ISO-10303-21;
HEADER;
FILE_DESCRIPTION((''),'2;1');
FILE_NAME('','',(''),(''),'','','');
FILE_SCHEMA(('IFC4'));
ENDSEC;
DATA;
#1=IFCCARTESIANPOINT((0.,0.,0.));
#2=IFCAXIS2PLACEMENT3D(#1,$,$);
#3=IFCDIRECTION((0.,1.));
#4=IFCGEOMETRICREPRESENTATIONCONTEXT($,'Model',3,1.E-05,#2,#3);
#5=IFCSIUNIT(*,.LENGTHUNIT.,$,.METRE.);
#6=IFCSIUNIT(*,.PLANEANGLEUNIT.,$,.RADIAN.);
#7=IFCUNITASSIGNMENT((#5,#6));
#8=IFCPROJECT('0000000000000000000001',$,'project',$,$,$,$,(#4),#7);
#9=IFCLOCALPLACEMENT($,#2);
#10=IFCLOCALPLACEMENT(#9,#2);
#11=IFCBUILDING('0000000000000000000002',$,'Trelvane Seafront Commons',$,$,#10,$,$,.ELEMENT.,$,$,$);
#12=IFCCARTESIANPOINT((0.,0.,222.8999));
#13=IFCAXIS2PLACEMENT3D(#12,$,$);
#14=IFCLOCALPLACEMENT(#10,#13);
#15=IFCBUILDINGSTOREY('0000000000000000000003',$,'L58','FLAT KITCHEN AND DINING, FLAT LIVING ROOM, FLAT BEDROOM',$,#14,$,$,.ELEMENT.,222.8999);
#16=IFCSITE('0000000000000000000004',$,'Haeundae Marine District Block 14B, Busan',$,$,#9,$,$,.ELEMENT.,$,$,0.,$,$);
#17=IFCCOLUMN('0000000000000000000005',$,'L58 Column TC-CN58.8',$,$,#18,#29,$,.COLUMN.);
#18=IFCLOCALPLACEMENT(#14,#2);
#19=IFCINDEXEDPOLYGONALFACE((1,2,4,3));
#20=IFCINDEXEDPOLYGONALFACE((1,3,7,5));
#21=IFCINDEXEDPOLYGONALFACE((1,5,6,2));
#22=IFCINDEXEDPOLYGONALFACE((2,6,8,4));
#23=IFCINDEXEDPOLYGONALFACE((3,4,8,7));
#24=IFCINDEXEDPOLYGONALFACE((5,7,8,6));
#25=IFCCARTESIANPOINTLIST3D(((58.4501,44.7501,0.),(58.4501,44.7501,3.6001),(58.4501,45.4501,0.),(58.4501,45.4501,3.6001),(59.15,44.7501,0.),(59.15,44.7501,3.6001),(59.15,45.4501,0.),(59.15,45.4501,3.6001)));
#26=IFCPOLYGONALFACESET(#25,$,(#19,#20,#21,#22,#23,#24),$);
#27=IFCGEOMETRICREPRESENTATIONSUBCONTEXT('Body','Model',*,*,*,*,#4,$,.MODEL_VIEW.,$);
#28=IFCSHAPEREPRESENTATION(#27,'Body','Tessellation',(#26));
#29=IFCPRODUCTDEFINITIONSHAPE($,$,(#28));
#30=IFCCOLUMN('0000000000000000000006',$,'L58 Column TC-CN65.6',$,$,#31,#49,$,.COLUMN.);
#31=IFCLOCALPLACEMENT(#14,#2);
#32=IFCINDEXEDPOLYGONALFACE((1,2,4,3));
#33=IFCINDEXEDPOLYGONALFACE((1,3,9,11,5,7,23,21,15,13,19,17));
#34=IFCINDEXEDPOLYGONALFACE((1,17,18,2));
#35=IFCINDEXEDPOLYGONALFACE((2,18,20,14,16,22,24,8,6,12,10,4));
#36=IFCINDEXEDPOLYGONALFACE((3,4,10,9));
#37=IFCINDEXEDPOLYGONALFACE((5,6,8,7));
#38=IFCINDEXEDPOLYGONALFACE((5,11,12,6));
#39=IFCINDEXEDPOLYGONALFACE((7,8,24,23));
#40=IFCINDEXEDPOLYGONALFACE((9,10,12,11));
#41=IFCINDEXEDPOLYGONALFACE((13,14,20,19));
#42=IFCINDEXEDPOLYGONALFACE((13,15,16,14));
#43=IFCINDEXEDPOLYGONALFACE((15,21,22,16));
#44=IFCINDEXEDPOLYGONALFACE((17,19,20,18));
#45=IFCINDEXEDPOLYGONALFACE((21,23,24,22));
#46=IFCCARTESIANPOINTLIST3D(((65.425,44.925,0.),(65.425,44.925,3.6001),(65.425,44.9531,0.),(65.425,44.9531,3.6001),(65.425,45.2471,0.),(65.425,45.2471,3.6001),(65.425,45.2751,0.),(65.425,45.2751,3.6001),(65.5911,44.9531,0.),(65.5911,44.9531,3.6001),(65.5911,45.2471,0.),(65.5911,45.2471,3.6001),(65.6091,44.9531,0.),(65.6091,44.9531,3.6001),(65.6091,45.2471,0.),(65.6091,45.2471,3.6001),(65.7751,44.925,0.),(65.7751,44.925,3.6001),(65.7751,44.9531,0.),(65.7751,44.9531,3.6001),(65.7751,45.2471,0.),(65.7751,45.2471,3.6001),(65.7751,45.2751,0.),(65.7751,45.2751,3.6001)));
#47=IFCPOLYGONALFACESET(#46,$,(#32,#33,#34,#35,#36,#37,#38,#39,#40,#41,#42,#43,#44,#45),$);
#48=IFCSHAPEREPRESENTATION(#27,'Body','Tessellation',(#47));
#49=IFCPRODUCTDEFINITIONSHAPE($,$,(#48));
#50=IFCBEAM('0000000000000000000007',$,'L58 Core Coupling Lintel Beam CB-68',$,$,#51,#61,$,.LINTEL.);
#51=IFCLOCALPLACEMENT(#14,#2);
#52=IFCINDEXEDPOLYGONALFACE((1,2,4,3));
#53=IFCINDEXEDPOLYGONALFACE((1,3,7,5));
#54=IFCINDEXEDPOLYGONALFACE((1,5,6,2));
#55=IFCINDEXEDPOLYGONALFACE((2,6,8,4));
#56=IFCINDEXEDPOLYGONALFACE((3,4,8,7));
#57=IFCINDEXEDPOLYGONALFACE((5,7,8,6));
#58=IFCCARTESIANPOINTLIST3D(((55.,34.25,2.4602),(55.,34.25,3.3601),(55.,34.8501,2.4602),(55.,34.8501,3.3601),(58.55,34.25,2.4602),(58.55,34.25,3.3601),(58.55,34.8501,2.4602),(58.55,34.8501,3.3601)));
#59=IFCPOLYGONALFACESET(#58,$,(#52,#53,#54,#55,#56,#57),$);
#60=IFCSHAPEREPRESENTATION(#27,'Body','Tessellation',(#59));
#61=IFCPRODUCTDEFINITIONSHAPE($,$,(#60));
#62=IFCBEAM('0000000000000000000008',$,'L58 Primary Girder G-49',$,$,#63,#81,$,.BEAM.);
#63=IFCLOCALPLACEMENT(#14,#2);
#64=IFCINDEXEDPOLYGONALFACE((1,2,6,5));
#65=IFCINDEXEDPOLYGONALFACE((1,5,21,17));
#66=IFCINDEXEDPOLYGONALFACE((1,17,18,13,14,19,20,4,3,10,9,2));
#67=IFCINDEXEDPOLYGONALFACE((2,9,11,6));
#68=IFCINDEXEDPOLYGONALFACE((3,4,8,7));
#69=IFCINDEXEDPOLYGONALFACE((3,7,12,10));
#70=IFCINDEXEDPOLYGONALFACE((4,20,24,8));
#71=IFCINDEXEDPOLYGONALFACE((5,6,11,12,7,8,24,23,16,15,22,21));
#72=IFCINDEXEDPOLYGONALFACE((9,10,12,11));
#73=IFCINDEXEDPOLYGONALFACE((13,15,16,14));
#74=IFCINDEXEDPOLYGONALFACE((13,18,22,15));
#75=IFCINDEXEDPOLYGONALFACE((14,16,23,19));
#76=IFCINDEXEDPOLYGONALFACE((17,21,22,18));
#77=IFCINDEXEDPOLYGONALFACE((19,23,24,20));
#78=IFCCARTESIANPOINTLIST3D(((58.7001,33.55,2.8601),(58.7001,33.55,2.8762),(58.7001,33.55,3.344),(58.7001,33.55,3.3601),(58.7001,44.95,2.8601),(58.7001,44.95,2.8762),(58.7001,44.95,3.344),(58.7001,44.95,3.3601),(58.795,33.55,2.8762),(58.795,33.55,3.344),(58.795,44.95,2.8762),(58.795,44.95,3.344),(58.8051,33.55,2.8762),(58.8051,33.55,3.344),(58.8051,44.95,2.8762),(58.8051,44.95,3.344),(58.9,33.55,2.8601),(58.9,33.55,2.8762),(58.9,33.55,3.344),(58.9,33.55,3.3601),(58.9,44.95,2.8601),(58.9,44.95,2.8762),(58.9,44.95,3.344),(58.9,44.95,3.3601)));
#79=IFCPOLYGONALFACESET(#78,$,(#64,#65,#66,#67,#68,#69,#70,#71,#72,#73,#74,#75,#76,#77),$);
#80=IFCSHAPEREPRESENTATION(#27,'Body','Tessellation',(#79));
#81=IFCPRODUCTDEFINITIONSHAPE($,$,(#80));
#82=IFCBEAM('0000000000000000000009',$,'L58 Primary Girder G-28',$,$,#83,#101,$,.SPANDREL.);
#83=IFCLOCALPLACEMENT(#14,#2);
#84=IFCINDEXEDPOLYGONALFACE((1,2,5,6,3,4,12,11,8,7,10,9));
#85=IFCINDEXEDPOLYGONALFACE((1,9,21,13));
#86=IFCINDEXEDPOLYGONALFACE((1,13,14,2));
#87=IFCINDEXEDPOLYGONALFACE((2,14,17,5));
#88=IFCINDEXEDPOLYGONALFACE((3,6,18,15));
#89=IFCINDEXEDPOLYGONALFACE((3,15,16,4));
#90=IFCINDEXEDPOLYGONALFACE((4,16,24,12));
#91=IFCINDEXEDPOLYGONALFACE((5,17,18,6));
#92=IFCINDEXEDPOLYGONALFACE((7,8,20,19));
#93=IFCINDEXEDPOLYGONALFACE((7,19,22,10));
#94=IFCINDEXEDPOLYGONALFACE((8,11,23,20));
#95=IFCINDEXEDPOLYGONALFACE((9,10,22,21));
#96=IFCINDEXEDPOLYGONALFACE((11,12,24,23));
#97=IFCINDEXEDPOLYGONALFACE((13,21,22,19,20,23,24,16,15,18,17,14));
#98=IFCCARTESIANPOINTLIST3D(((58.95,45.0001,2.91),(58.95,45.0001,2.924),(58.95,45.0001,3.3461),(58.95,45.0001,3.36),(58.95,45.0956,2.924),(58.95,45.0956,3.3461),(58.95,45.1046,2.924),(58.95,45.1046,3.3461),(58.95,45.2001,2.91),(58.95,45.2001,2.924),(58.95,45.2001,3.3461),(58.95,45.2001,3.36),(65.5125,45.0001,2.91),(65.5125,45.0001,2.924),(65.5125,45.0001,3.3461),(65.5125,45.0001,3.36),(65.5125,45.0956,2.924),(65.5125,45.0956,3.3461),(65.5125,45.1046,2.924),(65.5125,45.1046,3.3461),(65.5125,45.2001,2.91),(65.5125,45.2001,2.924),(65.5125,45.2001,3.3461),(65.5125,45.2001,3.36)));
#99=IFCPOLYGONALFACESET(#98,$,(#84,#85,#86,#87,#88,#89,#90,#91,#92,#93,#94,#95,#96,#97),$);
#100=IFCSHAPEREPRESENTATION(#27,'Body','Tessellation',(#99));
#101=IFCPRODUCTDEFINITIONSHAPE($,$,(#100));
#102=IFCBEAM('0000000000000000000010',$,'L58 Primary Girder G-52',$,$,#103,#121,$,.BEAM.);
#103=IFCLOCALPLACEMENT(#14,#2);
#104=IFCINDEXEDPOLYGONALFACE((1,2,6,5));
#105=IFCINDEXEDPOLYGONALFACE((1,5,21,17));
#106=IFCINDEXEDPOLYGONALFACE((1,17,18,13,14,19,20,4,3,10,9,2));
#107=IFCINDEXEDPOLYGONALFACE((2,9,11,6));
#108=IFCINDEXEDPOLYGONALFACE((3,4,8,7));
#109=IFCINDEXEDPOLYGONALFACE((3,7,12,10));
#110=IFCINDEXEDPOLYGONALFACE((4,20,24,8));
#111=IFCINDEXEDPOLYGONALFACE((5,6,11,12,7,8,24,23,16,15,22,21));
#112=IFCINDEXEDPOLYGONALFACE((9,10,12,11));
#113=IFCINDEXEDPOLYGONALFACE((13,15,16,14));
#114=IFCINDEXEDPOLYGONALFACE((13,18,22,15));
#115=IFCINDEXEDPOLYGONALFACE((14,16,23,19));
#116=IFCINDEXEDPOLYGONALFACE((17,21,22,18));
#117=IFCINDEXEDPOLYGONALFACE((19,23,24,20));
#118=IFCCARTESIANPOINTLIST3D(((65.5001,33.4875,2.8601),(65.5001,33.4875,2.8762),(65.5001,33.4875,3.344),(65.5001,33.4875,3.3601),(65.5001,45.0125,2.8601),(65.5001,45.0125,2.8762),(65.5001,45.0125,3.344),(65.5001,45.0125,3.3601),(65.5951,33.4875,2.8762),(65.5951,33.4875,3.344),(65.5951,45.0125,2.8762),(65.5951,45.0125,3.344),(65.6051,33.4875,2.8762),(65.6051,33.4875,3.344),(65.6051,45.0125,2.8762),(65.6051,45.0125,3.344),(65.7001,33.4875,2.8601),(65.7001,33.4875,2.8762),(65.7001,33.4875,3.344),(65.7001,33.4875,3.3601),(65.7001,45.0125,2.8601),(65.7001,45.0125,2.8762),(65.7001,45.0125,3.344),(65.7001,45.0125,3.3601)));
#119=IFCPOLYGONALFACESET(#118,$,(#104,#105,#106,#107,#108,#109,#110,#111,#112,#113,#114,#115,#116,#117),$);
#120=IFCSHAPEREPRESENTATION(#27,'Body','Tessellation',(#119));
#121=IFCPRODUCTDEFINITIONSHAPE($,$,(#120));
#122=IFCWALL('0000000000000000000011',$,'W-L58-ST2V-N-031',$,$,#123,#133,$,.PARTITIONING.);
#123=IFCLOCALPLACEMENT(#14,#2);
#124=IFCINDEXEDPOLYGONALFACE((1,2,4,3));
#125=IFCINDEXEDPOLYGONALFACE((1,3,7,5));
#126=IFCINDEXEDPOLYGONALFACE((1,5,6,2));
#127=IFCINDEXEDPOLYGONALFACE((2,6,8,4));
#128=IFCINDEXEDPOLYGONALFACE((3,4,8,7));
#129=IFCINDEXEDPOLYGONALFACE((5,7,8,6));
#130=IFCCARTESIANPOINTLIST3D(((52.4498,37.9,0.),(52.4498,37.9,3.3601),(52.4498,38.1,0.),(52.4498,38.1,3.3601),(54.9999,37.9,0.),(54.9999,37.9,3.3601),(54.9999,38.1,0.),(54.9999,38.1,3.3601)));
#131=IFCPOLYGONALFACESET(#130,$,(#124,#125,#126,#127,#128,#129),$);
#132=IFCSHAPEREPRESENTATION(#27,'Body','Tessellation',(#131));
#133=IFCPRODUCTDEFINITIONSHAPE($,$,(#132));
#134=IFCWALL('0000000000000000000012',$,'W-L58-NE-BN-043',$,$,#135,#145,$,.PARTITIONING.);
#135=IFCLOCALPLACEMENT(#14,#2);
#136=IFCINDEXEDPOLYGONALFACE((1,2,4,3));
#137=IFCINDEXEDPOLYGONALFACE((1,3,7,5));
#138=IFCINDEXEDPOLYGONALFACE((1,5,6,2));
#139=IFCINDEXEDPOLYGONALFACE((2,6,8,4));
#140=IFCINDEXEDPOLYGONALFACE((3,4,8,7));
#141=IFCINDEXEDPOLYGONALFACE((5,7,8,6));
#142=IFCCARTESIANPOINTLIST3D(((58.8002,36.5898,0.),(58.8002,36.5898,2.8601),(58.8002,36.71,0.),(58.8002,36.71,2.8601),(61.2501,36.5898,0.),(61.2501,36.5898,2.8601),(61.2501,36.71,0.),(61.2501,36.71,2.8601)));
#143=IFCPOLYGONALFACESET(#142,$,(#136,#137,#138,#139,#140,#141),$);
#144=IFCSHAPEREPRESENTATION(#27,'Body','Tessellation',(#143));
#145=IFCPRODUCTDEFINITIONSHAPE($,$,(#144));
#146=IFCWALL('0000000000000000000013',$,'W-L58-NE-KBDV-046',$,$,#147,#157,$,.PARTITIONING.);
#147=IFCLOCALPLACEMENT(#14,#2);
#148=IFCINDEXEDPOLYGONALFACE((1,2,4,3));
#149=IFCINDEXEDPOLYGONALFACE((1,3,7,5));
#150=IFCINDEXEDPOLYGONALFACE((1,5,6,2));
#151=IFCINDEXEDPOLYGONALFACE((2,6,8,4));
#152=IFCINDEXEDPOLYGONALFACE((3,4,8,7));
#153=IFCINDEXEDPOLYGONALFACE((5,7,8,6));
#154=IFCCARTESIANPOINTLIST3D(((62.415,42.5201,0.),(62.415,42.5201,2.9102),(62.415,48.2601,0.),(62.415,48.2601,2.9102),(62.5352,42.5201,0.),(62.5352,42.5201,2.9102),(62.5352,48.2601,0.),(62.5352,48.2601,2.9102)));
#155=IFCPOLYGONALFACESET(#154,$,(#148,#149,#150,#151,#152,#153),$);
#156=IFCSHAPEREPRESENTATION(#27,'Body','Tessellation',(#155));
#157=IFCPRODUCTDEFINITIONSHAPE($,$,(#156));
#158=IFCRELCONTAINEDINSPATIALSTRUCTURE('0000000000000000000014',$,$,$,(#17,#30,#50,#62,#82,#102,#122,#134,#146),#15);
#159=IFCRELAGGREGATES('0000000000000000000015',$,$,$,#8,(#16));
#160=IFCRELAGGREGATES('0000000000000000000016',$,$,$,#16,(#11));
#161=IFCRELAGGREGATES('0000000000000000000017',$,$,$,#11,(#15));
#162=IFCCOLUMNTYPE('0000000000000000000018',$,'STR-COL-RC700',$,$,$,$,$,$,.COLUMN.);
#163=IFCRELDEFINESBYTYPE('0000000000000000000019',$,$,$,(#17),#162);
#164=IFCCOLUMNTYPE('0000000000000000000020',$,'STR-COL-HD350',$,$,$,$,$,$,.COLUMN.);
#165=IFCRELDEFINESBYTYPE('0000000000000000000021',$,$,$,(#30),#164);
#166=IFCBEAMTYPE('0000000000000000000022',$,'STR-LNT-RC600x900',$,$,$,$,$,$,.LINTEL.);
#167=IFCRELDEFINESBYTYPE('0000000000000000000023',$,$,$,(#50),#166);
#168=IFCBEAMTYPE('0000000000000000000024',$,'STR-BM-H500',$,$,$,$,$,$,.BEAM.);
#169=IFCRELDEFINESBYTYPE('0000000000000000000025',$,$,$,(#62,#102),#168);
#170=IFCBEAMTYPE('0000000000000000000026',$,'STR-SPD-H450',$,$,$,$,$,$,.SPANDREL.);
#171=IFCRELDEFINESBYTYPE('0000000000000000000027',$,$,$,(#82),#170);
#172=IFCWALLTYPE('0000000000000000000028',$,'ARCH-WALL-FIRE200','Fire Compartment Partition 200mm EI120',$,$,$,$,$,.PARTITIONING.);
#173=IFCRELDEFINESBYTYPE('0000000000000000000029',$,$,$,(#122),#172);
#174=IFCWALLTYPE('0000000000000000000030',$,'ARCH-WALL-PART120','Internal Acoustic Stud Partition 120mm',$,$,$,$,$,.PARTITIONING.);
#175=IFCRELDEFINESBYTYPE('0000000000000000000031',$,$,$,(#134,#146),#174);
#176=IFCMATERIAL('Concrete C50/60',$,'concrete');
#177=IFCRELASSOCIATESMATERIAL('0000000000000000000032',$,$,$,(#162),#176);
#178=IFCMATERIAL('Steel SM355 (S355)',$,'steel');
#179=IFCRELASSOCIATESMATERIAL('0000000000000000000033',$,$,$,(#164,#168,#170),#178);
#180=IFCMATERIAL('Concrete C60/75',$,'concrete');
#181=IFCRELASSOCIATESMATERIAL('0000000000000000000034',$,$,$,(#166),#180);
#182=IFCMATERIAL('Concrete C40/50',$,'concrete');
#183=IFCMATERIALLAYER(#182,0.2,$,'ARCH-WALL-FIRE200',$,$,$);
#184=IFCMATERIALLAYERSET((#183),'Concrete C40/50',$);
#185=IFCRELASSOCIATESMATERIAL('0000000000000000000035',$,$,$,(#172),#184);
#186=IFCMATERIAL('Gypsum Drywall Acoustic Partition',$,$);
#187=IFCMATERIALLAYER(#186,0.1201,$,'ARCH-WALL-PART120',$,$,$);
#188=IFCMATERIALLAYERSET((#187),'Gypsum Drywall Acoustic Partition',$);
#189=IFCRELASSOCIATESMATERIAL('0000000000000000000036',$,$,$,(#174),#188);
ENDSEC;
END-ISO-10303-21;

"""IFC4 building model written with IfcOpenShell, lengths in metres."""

from ifc_helpers import new_model, si_unit, direction, frame, frame_2d, origin, origin_2d, place, context, subcontext, project, spatial, rectangle, i_section, extrude, source, transform, mapped, material, layer, layer_set, material_profile, profile_set, type_object, element, save


model = new_model("IFC4")

# Units and contexts
model_context = context("Model", 3, precision=1e-05, world=origin(), true_north=direction((0.0, 1.0)))
body_context = subcontext(model_context, "Body", "Model", "MODEL_VIEW")
ifc_project = project(units=[si_unit("LENGTHUNIT", "METRE"), si_unit("PLANEANGLEUNIT", "RADIAN")], contexts=[model_context])

# Site, building, storey
site_placement = place(None, origin())
site = spatial("IfcSite", under=ifc_project, at=site_placement, Name="Haeundae Marine District Block 14B, Busan", CompositionType="ELEMENT", RefElevation=0.0)
building_placement = place(site_placement, origin())
building = spatial("IfcBuilding", under=site, at=building_placement, Name="Trelvane Seafront Commons", CompositionType="ELEMENT")
storey_placement = place(building_placement, frame((0.0, 0.0, 222.8999)))
storey = spatial("IfcBuildingStorey", under=building, at=storey_placement, Name="L58", Description="FLAT KITCHEN AND DINING, FLAT LIVING ROOM, FLAT BEDROOM", CompositionType="ELEMENT", Elevation=222.8999)

# Columns
ifc_material_1 = material(Name="Concrete C50/60", Category="concrete")
ifc_material_profile_1 = material_profile(ifc_material_1, rectangle(XDim=0.7, YDim=0.7, at=origin_2d()), Name="RC-700x700")
ifc_profile_set_1 = profile_set([ifc_material_profile_1], Name="Concrete C50/60")
column_type_1 = type_object("IfcColumnType", Name="STR-COL-RC700", PredefinedType="COLUMN", material=ifc_profile_set_1)
shared_shape_1 = source(origin(), body_context, "Body", "SweptSolid", [
    extrude(rectangle(XDim=0.7, YDim=0.7, at=origin_2d()), origin(), (0.0, 0.0, 1.0), 3.6001),
])
column_1_placement = place(storey_placement, frame((58.8, 45.1001, 0.0), z_axis=(0.0, 0.0, 1.0), x_axis=(1.0, 0.0, 0.0)))
element("IfcColumn", 1, at=column_1_placement, inside=storey, type_object=column_type_1, Name="L58 Column TC-CN58.8", PredefinedType="COLUMN", context=body_context, shape_type="MappedRepresentation", body=[
    mapped(shared_shape_1, transform((0.0, 0.0, 0.0), x_axis=(1.0, 0.0, 0.0), y_axis=(0.0, 1.0, 0.0), z_axis=(0.0, 0.0, 1.0), scale=1.0)),
])
ifc_material_2 = material(Name="Steel SM355 (S355)", Category="steel")
ifc_material_profile_2 = material_profile(ifc_material_2, i_section(OverallWidth=0.3501, OverallDepth=0.3501, WebThickness=0.0181, FlangeThickness=0.0281, at=origin_2d()), Name="HD-350x350x18x28")
ifc_profile_set_2 = profile_set([ifc_material_profile_2], Name="Steel SM355 (S355)")
column_type_2 = type_object("IfcColumnType", Name="STR-COL-HD350", PredefinedType="COLUMN", material=ifc_profile_set_2)
shared_shape_2 = source(origin(), body_context, "Body", "SweptSolid", [
    extrude(i_section(OverallWidth=0.3501, OverallDepth=0.3501, WebThickness=0.0181, FlangeThickness=0.0281, at=origin_2d()), origin(), (0.0, 0.0, 1.0), 3.6001),
])
column_2_placement = place(storey_placement, frame((65.6001, 45.1001, 0.0), z_axis=(0.0, 0.0, 1.0), x_axis=(1.0, 0.0, 0.0)))
element("IfcColumn", 2, at=column_2_placement, inside=storey, type_object=column_type_2, Name="L58 Column TC-CN65.6", PredefinedType="COLUMN", context=body_context, shape_type="MappedRepresentation", body=[
    mapped(shared_shape_2, transform((0.0, 0.0, 0.0), x_axis=(1.0, 0.0, 0.0), y_axis=(0.0, 1.0, 0.0), z_axis=(0.0, 0.0, 1.0), scale=1.0)),
])

# Beams
ifc_material_3 = material(Name="Concrete C60/75", Category="concrete")
ifc_material_profile_3 = material_profile(ifc_material_3, rectangle(XDim=0.6001, YDim=0.8999, at=origin_2d()), Name="RC-600x900")
ifc_profile_set_3 = profile_set([ifc_material_profile_3], Name="Concrete C60/75")
beam_type_1 = type_object("IfcBeamType", Name="STR-LNT-RC600x900", PredefinedType="LINTEL", material=ifc_profile_set_3)
shared_shape_3 = source(origin(), body_context, "Body", "SweptSolid", [
    extrude(rectangle(XDim=0.6001, YDim=0.8999, at=origin_2d()), origin(), (0.0, 0.0, 1.0), 3.55),
])
beam_1_placement = place(storey_placement, frame((55.0, 34.55, 2.9102), z_axis=(1.0, 0.0, 0.0), x_axis=(0.0, 1.0, 0.0)))
element("IfcBeam", 3, at=beam_1_placement, inside=storey, type_object=beam_type_1, Name="L58 Core Coupling Lintel Beam CB-68", PredefinedType="LINTEL", context=body_context, shape_type="MappedRepresentation", body=[
    mapped(shared_shape_3, transform((0.0, 0.0, 0.0), x_axis=(1.0, 0.0, 0.0), y_axis=(0.0, 1.0, 0.0), z_axis=(0.0, 0.0, 1.0), scale=1.0)),
])
ifc_material_profile_4 = material_profile(ifc_material_2, i_section(OverallWidth=0.2, OverallDepth=0.5, WebThickness=0.01, FlangeThickness=0.0161, at=origin_2d()), Name="H-500x200x10x16")
ifc_profile_set_4 = profile_set([ifc_material_profile_4], Name="Steel SM355 (S355)")
beam_type_2 = type_object("IfcBeamType", Name="STR-BM-H500", PredefinedType="BEAM", material=ifc_profile_set_4)
shared_shape_4 = source(origin(), body_context, "Body", "SweptSolid", [
    extrude(i_section(OverallWidth=0.2, OverallDepth=0.5, WebThickness=0.01, FlangeThickness=0.0161, at=origin_2d()), origin(), (0.0, 0.0, 1.0), 11.3999),
])
beam_2_placement = place(storey_placement, frame((58.8, 33.55, 3.1101), z_axis=(0.0, 1.0, 0.0), x_axis=(-1.0, 0.0, 0.0)))
element("IfcBeam", 4, at=beam_2_placement, inside=storey, type_object=beam_type_2, Name="L58 Primary Girder G-49", PredefinedType="BEAM", context=body_context, shape_type="MappedRepresentation", body=[
    mapped(shared_shape_4, transform((0.0, 0.0, 0.0), x_axis=(1.0, 0.0, 0.0), y_axis=(0.0, 1.0, 0.0), z_axis=(0.0, 0.0, 1.0), scale=1.0)),
])
ifc_material_profile_5 = material_profile(ifc_material_2, i_section(OverallWidth=0.2, OverallDepth=0.45, WebThickness=0.009, FlangeThickness=0.0139, at=origin_2d()), Name="H-450x200x9x14")
ifc_profile_set_5 = profile_set([ifc_material_profile_5], Name="Steel SM355 (S355)")
beam_type_3 = type_object("IfcBeamType", Name="STR-SPD-H450", PredefinedType="SPANDREL", material=ifc_profile_set_5)
shared_shape_5 = source(origin(), body_context, "Body", "SweptSolid", [
    extrude(i_section(OverallWidth=0.2, OverallDepth=0.45, WebThickness=0.009, FlangeThickness=0.0139, at=origin_2d()), origin(), (0.0, 0.0, 1.0), 6.5625),
])
beam_3_placement = place(storey_placement, frame((58.95, 45.1001, 3.135), z_axis=(1.0, 0.0, 0.0), x_axis=(0.0, 1.0, 0.0)))
element("IfcBeam", 5, at=beam_3_placement, inside=storey, type_object=beam_type_3, Name="L58 Primary Girder G-28", PredefinedType="SPANDREL", context=body_context, shape_type="MappedRepresentation", body=[
    mapped(shared_shape_5, transform((0.0, 0.0, 0.0), x_axis=(1.0, 0.0, 0.0), y_axis=(0.0, 1.0, 0.0), z_axis=(0.0, 0.0, 1.0), scale=1.0)),
])
shared_shape_6 = source(origin(), body_context, "Body", "SweptSolid", [
    extrude(i_section(OverallWidth=0.2, OverallDepth=0.5, WebThickness=0.01, FlangeThickness=0.0161, at=origin_2d()), origin(), (0.0, 0.0, 1.0), 11.5249),
])
beam_4_placement = place(storey_placement, frame((65.6001, 33.4875, 3.1101), z_axis=(0.0, 1.0, 0.0), x_axis=(-1.0, 0.0, 0.0)))
element("IfcBeam", 6, at=beam_4_placement, inside=storey, type_object=beam_type_2, Name="L58 Primary Girder G-52", PredefinedType="BEAM", context=body_context, shape_type="MappedRepresentation", body=[
    mapped(shared_shape_6, transform((0.0, 0.0, 0.0), x_axis=(1.0, 0.0, 0.0), y_axis=(0.0, 1.0, 0.0), z_axis=(0.0, 0.0, 1.0), scale=1.0)),
])

# Walls
ifc_material_4 = material(Name="Concrete C40/50", Category="concrete")
ifc_layer_1 = layer(ifc_material_4, 0.2, Name="ARCH-WALL-FIRE200")
ifc_layer_set_1 = layer_set([ifc_layer_1], Name="Concrete C40/50")
wall_type_1 = type_object("IfcWallType", Name="ARCH-WALL-FIRE200", Description="Fire Compartment Partition 200mm EI120", PredefinedType="PARTITIONING", material=ifc_layer_set_1)
wall_1_placement = place(storey_placement, frame((52.45, 38.0, 0.0), z_axis=(0.0, 0.0, 1.0), x_axis=(1.0, 0.0, 0.0)))
element("IfcWall", 7, at=wall_1_placement, inside=storey, type_object=wall_type_1, Name="W-L58-ST2V-N-031", PredefinedType="PARTITIONING", context=body_context, shape_type="SweptSolid", body=[
    extrude(rectangle(XDim=2.55, YDim=0.2, at=frame_2d((1.2749, 0.0))), origin(), (0.0, 0.0, 1.0), 3.3601),
])
ifc_material_5 = material(Name="Gypsum Drywall Acoustic Partition")
ifc_layer_2 = layer(ifc_material_5, 0.1201, Name="ARCH-WALL-PART120")
ifc_layer_set_2 = layer_set([ifc_layer_2], Name="Gypsum Drywall Acoustic Partition")
wall_type_2 = type_object("IfcWallType", Name="ARCH-WALL-PART120", Description="Internal Acoustic Stud Partition 120mm", PredefinedType="PARTITIONING", material=ifc_layer_set_2)
wall_2_placement = place(storey_placement, frame((58.8, 36.6499, 0.0), z_axis=(0.0, 0.0, 1.0), x_axis=(1.0, 0.0, 0.0)))
element("IfcWall", 8, at=wall_2_placement, inside=storey, type_object=wall_type_2, Name="W-L58-NE-BN-043", PredefinedType="PARTITIONING", context=body_context, shape_type="SweptSolid", body=[
    extrude(rectangle(XDim=2.45, YDim=0.1201, at=frame_2d((1.2251, 0.0))), origin(), (0.0, 0.0, 1.0), 2.8601),
])

# Wall
wall_3_placement = place(storey_placement, frame((62.4751, 42.52, 0.0), z_axis=(0.0, 0.0, 1.0), x_axis=(0.0, 1.0, 0.0)))
element("IfcWall", 9, at=wall_3_placement, inside=storey, type_object=wall_type_2, Name="W-L58-NE-KBDV-046", PredefinedType="PARTITIONING", context=body_context, shape_type="SweptSolid", body=[
    extrude(rectangle(XDim=5.74, YDim=0.1201, at=frame_2d((2.8701, 0.0))), origin(), (0.0, 0.0, 1.0), 2.9102),
])

save(model, "model.ifc")
